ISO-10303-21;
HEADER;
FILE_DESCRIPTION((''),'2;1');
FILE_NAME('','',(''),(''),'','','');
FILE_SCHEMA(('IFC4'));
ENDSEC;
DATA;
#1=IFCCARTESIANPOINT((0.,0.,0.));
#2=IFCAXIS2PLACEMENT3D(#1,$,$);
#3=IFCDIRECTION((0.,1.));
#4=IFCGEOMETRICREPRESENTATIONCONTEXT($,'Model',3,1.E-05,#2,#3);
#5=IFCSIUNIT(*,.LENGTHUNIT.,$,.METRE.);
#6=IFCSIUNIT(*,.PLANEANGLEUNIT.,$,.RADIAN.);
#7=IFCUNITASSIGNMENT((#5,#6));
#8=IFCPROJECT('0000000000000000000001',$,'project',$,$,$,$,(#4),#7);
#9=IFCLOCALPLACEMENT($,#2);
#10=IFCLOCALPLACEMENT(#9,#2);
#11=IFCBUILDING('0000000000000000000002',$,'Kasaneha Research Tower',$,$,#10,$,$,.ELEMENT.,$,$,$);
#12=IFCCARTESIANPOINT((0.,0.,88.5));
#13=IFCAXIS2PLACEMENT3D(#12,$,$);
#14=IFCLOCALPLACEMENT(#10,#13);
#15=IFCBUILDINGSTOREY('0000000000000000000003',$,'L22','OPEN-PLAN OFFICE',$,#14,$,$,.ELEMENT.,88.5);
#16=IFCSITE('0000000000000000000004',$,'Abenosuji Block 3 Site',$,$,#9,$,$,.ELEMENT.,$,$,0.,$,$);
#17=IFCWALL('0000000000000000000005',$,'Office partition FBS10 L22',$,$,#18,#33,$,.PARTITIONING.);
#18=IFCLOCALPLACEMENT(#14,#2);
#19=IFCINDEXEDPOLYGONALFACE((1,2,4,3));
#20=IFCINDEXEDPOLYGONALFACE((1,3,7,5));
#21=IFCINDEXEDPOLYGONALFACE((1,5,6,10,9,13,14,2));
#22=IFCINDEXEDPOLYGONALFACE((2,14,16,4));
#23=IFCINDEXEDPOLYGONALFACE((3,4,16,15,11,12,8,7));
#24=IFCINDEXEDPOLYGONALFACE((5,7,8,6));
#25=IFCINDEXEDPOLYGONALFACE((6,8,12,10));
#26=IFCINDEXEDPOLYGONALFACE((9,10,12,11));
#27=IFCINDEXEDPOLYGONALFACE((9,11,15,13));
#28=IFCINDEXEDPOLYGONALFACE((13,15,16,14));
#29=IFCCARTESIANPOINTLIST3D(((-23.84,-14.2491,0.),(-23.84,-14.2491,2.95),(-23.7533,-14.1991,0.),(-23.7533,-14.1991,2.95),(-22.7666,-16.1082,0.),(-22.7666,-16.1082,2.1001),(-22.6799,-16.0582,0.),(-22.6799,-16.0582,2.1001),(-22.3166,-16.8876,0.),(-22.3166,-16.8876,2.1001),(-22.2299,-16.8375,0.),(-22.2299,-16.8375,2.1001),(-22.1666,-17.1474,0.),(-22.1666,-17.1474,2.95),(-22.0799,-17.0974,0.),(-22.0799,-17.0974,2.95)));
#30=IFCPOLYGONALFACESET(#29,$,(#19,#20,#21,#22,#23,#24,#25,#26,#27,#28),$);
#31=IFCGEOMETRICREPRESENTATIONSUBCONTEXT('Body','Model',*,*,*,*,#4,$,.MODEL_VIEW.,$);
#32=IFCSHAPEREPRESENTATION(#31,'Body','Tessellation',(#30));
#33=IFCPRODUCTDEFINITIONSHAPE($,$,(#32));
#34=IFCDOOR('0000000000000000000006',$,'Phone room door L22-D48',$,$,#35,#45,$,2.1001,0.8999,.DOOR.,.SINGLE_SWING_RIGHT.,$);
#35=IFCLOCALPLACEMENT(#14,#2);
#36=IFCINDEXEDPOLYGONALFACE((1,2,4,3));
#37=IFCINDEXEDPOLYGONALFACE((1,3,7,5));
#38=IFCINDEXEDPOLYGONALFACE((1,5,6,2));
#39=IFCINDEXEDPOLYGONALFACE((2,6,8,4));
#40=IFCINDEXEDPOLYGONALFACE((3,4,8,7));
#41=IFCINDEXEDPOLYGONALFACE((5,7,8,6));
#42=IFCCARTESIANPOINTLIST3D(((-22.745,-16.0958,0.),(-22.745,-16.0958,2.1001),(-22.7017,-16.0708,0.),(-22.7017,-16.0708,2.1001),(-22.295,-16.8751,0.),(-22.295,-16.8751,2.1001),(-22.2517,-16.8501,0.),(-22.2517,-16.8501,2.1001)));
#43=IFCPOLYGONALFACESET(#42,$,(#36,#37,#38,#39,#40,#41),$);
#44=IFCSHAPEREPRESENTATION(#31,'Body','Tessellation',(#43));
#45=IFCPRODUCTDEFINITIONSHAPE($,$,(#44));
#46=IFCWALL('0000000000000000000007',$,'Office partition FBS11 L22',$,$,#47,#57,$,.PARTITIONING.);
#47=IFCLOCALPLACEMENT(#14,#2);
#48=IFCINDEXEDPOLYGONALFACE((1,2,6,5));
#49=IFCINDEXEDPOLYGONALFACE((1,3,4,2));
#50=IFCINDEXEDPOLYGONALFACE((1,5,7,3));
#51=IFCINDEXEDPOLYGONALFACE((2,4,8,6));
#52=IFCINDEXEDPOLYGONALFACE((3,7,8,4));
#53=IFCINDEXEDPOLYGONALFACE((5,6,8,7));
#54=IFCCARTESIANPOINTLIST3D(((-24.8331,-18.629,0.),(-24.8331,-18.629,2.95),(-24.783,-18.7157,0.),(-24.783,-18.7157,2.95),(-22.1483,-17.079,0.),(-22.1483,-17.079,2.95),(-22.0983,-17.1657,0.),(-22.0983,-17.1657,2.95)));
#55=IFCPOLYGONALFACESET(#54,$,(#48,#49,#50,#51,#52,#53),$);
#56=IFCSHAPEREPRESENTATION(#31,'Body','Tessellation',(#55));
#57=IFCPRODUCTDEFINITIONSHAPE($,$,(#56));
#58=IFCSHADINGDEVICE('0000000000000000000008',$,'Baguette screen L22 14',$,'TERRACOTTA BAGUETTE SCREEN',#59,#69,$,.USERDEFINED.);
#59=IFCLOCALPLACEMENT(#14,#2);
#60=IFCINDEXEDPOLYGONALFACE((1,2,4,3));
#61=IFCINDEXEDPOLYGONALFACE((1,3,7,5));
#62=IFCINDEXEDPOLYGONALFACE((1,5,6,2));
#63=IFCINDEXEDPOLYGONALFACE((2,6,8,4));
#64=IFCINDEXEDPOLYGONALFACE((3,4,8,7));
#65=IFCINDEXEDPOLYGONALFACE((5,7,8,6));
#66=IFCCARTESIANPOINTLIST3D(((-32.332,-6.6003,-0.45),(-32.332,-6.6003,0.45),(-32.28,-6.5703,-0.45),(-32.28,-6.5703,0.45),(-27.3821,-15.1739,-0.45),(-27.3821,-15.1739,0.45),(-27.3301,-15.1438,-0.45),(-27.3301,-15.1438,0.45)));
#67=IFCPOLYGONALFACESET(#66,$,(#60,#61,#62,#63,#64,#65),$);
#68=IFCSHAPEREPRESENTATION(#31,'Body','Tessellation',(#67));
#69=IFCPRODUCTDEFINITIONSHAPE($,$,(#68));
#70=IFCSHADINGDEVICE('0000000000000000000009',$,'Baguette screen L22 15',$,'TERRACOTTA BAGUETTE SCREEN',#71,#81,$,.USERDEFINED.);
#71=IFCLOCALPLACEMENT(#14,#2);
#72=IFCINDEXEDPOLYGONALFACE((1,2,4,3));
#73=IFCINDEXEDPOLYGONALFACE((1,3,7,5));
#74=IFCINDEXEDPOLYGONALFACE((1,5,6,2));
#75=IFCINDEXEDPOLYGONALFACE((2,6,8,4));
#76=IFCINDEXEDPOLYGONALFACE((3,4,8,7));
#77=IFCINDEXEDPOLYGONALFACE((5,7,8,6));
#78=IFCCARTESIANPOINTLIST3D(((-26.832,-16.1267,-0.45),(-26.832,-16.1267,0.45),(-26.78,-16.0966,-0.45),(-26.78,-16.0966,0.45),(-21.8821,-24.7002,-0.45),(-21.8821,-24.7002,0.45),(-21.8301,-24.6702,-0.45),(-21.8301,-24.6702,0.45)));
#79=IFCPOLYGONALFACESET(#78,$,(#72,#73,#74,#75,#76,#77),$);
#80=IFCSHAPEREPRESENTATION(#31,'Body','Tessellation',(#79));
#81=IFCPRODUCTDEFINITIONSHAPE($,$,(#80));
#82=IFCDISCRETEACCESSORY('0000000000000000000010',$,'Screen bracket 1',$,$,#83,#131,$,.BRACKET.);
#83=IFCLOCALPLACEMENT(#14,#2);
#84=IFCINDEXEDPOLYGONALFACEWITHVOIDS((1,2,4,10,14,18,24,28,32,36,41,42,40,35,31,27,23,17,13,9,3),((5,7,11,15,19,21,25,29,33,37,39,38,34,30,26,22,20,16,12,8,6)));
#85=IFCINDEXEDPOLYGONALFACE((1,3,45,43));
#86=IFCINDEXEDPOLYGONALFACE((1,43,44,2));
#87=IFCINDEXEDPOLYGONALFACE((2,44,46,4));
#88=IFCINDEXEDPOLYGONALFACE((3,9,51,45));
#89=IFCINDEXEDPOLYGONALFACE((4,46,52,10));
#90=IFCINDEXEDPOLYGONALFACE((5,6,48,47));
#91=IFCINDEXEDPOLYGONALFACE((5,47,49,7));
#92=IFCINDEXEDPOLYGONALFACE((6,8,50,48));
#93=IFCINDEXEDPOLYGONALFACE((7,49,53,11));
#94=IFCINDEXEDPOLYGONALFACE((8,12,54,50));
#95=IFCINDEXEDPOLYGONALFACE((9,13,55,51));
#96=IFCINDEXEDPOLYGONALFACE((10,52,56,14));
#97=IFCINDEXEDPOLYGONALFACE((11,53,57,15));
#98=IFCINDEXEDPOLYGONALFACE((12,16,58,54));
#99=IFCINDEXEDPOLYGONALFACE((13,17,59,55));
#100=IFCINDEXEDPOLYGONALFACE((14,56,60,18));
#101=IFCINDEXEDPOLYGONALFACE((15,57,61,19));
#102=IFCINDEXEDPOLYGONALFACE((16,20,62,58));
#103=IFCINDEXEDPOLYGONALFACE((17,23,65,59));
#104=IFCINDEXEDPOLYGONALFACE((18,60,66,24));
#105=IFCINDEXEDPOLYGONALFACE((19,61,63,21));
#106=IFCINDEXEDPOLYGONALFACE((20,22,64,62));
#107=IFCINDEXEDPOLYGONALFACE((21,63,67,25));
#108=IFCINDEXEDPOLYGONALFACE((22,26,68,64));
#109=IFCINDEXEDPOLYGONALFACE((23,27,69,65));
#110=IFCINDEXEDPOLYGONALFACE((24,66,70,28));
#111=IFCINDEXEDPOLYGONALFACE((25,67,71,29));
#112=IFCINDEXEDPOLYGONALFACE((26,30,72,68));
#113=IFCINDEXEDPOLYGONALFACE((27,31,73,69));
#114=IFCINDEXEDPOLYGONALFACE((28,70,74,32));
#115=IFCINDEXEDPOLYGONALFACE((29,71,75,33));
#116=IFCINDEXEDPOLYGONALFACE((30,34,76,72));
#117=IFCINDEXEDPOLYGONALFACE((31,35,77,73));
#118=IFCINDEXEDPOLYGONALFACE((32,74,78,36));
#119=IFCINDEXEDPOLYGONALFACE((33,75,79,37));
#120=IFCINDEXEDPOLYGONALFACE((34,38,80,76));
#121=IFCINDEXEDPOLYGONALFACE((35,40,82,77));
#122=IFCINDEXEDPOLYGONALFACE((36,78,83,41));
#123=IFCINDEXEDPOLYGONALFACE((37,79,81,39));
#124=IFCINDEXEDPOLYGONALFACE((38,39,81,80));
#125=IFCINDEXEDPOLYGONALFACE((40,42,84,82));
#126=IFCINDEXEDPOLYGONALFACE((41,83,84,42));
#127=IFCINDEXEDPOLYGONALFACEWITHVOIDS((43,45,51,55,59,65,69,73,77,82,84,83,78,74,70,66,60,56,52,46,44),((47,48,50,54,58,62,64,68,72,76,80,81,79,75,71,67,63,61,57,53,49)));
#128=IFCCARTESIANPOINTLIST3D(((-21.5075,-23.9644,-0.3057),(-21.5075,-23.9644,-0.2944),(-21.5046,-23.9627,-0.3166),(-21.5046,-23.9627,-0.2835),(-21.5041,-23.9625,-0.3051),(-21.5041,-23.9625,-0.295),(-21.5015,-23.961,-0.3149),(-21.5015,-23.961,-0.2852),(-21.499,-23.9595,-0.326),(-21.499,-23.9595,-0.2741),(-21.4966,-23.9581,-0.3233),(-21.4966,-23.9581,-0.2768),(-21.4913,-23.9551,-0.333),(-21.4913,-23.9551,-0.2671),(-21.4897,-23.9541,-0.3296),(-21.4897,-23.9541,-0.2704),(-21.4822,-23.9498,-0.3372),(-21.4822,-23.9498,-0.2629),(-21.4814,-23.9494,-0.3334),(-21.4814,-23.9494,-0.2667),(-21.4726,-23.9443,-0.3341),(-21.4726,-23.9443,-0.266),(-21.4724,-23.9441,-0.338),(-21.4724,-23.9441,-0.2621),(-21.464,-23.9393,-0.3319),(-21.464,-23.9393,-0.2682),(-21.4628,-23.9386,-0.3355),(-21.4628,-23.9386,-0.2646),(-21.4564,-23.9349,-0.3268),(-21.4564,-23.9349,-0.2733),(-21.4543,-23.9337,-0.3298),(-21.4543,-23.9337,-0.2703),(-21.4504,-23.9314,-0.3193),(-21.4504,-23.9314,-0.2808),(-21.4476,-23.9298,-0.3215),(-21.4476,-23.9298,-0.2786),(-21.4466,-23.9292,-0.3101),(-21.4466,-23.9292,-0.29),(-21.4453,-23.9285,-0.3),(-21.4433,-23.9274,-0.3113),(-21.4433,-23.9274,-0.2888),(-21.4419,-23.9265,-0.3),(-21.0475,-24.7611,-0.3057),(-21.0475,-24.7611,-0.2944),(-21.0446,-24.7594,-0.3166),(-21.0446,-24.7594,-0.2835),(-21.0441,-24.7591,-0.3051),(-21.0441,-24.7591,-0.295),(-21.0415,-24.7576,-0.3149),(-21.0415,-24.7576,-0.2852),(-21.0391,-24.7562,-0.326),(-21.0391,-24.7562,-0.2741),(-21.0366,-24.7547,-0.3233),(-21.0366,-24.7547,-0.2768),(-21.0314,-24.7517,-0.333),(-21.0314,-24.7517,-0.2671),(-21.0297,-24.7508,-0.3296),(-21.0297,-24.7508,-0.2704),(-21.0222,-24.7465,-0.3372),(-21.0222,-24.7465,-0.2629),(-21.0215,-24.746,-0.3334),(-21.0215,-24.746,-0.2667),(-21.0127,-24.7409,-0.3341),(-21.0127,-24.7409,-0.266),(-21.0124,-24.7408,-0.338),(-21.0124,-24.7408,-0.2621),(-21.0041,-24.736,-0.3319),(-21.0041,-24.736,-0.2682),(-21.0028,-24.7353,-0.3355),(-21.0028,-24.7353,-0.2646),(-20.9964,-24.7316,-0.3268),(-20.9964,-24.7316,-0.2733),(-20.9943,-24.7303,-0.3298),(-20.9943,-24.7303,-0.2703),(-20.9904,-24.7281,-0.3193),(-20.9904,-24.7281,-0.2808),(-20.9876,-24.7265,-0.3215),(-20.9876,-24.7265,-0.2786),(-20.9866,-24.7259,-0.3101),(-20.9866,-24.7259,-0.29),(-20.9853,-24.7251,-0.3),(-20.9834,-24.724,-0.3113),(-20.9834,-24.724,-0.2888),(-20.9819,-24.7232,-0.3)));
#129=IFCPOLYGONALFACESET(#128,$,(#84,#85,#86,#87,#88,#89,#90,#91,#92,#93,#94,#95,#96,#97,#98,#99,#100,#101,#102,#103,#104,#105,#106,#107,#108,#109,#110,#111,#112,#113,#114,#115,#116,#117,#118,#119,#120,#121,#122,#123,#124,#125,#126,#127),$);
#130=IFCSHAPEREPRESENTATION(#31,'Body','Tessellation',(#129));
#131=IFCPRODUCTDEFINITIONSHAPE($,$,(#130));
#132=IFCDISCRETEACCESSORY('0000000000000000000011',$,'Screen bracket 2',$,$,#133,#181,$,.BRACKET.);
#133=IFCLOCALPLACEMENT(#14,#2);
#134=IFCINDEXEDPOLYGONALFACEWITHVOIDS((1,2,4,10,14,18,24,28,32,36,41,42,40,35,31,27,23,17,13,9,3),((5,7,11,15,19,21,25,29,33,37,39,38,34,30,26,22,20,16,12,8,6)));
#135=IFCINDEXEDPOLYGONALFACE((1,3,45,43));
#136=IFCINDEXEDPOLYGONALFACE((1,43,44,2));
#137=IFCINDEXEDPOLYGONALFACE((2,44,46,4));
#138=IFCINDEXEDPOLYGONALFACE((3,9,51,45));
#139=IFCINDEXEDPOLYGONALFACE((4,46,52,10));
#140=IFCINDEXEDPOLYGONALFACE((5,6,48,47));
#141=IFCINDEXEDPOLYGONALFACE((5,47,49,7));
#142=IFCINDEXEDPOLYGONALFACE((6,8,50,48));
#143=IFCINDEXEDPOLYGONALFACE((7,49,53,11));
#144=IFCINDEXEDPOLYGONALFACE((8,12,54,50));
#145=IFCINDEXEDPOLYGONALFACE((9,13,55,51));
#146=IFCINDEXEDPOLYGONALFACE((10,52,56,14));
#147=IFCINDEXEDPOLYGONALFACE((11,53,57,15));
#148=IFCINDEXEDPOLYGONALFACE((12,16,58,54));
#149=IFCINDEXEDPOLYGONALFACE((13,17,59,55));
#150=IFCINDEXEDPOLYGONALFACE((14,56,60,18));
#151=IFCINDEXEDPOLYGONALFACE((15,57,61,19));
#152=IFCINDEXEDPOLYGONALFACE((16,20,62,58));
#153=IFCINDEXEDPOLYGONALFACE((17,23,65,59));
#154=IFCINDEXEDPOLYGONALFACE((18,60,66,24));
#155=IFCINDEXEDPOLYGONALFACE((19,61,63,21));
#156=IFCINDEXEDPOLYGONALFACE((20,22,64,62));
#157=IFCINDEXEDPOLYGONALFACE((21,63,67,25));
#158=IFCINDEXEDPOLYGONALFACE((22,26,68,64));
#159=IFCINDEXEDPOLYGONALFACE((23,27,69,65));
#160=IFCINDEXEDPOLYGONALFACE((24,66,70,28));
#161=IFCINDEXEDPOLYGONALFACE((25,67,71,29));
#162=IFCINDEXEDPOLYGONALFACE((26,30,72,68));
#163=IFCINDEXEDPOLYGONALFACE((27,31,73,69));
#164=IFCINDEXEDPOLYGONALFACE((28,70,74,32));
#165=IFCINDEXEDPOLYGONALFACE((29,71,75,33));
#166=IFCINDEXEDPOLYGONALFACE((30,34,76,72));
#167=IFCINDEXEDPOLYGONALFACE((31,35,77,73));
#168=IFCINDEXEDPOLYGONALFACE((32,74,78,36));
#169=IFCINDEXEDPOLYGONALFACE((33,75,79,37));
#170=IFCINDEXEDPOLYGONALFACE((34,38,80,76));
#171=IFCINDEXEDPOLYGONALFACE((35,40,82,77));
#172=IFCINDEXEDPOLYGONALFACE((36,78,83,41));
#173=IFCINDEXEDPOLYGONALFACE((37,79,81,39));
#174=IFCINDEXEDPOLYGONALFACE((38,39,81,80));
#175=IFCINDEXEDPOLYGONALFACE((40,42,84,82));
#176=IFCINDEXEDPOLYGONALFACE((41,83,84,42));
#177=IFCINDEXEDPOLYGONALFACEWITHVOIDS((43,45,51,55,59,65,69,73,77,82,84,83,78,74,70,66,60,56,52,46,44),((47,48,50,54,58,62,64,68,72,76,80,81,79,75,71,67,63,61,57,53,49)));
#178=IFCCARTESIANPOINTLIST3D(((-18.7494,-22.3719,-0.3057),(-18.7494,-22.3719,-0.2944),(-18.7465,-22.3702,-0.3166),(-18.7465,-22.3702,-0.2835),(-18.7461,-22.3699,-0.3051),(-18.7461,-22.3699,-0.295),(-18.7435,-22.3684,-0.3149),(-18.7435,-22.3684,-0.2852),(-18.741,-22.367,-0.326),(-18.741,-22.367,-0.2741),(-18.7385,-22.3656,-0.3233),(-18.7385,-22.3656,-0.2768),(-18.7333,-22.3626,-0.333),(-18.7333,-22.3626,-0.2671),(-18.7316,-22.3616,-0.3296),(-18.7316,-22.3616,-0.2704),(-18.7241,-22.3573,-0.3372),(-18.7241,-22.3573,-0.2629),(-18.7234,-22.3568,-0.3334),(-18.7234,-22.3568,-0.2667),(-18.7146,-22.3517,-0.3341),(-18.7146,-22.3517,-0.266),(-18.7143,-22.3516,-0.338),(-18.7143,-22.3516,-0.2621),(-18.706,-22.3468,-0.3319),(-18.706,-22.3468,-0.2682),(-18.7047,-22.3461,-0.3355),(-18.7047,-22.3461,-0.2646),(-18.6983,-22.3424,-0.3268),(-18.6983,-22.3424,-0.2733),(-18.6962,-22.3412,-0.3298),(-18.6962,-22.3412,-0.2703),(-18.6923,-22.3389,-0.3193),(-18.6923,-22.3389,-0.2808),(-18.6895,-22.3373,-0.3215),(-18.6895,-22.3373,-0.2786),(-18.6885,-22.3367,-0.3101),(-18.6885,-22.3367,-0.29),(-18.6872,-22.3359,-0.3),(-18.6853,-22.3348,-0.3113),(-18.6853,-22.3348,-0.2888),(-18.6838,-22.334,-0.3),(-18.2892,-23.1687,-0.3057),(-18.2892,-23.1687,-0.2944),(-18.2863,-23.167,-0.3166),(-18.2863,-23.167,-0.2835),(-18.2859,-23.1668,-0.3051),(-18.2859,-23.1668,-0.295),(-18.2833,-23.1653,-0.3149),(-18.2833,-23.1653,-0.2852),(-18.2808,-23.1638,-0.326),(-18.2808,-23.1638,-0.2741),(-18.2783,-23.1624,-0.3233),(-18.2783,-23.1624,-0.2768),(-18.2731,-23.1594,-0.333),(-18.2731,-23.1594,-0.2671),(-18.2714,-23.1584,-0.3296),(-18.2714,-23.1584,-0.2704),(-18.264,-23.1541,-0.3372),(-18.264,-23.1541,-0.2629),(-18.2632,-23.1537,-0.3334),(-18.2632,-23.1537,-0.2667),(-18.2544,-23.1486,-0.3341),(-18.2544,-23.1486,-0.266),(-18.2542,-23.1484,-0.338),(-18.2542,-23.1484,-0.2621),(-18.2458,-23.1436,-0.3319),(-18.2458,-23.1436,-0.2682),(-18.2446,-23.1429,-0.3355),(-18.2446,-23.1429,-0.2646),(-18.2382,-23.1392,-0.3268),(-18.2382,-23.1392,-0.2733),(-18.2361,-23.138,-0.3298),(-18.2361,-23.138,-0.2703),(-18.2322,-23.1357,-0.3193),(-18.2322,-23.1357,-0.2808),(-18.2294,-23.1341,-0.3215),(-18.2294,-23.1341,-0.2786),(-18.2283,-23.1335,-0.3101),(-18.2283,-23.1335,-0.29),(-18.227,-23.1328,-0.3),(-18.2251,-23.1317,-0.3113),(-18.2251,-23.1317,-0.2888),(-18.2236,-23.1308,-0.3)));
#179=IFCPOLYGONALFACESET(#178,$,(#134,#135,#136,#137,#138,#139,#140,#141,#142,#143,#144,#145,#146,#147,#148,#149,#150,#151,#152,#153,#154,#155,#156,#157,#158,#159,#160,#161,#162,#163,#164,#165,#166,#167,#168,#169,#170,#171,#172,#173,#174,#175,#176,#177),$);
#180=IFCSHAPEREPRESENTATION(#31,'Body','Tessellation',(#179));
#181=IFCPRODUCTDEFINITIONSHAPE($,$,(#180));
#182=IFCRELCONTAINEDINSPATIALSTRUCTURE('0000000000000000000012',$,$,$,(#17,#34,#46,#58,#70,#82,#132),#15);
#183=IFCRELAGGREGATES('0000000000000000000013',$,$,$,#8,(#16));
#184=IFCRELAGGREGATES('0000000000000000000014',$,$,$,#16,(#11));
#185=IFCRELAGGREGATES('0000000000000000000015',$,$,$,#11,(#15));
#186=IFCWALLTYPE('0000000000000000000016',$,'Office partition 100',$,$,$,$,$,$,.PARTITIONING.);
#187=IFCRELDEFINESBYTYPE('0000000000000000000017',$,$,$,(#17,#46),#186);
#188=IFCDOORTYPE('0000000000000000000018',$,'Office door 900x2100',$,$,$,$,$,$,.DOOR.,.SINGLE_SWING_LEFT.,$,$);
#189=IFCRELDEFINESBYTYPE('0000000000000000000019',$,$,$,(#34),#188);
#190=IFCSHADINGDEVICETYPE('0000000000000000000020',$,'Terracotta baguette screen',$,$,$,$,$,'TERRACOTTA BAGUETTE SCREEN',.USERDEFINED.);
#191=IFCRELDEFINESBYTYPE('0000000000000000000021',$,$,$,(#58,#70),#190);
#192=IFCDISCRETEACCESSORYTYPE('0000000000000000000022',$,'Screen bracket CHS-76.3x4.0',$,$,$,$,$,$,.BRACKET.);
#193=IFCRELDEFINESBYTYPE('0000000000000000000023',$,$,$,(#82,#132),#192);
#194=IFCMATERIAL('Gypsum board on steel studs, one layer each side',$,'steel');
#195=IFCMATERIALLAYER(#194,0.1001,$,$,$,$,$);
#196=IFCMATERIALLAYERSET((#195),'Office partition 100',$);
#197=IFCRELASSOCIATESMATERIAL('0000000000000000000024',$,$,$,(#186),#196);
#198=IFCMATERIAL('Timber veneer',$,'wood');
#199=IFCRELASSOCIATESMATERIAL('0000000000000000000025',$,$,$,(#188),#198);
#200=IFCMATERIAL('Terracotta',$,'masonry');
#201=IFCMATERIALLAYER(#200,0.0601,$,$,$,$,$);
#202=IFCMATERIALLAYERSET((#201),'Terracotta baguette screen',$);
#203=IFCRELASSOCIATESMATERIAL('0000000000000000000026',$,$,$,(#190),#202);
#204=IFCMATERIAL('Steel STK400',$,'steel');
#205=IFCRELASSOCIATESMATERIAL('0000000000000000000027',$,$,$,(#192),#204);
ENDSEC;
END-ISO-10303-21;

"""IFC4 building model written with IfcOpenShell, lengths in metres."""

from ifc_helpers import new_model, si_unit, direction, frame, frame_2d, origin, origin_2d, place, context, subcontext, project, spatial, rectangle, hollow_circle, extrude, material, layer, layer_set, material_profile, profile_set, type_object, element, fill, save


model = new_model("IFC4")

# Units and contexts
model_context = context("Model", 3, precision=1e-05, world=origin(), true_north=direction((0.0, 1.0)))
body_context = subcontext(model_context, "Body", "Model", "MODEL_VIEW")
ifc_project = project(units=[si_unit("LENGTHUNIT", "METRE"), si_unit("PLANEANGLEUNIT", "RADIAN")], contexts=[model_context])

# Site, building, storey
site_placement = place(None, origin())
site = spatial("IfcSite", under=ifc_project, at=site_placement, Name="Abenosuji Block 3 Site", CompositionType="ELEMENT", RefElevation=0.0)
building_placement = place(site_placement, origin())
building = spatial("IfcBuilding", under=site, at=building_placement, Name="Kasaneha Research Tower", CompositionType="ELEMENT")
storey_placement = place(building_placement, frame((0.0, 0.0, 88.5)))
storey = spatial("IfcBuildingStorey", under=building, at=storey_placement, Name="L22", Description="OPEN-PLAN OFFICE", CompositionType="ELEMENT", Elevation=88.5)

# Shared definitions
ifc_material_1 = material(Name="Gypsum board on steel studs, one layer each side", Category="steel")
ifc_layer_1 = layer(ifc_material_1, 0.1001)
ifc_layer_set_1 = layer_set([ifc_layer_1], Name="Office partition 100")
wall_type = type_object("IfcWallType", Name="Office partition 100", PredefinedType="PARTITIONING", material=ifc_layer_set_1)
ifc_material_2 = material(Name="Timber veneer", Category="wood")
door_type = type_object("IfcDoorType", Name="Office door 900x2100", OperationType="SINGLE_SWING_LEFT", PredefinedType="DOOR", material=ifc_material_2)

# Wall, opening, door
wall_1_placement = place(storey_placement, frame((-23.7966, -14.2241, 0.0), z_axis=(0.0, 0.0, 1.0), x_axis=(0.500015, -0.866017, 0.0)))
wall_1 = element("IfcWall", 1, at=wall_1_placement, inside=storey, type_object=wall_type, Name="Office partition FBS10 L22", PredefinedType="PARTITIONING", context=body_context, shape_type="SweptSolid", body=[
    extrude(rectangle(XDim=3.3467, YDim=0.1001, at=frame_2d((1.6733, 0.0))), origin(), (0.0, 0.0, 1.0), 2.95),
])
opening_1_placement = place(wall_1_placement, frame((2.1467, 0.0, 0.0)))
opening_1 = element("IfcOpeningElement", 2, at=opening_1_placement, cuts=wall_1, PredefinedType="OPENING", context=body_context, shape_type="SweptSolid", body=[
    extrude(rectangle(XDim=0.8999, YDim=2.1001, at=frame_2d((0.45, 1.05))), frame((0.0, 0.0601, 0.0), z_axis=(0.0, -1.0, 0.0), x_axis=(1.0, 0.0, 0.0)), (0.0, 0.0, 1.0), 0.1201),
])
door_1_placement = place(opening_1_placement, origin())
door_1 = element("IfcDoor", 3, at=door_1_placement, inside=storey, type_object=door_type, Name="Phone room door L22-D48", OperationType="SINGLE_SWING_RIGHT", OverallHeight=2.1001, OverallWidth=0.8999, PredefinedType="DOOR", context=body_context, shape_type="SweptSolid", body=[
    extrude(rectangle(XDim=0.8999, YDim=2.1001, at=frame_2d((0.45, 1.05))), frame((0.0, 0.0249, 0.0), z_axis=(0.0, -1.0, 0.0), x_axis=(1.0, 0.0, 0.0)), (0.0, 0.0, 1.0), 0.05),
])
fill(opening_1, door_1)

# Wall
wall_2_placement = place(storey_placement, frame((-22.1233, -17.1223, 0.0), z_axis=(0.0, 0.0, 1.0), x_axis=(-0.86603, -0.499993, 0.0)))
element("IfcWall", 4, at=wall_2_placement, inside=storey, type_object=wall_type, Name="Office partition FBS11 L22", PredefinedType="PARTITIONING", context=body_context, shape_type="SweptSolid", body=[
    extrude(rectangle(XDim=3.1001, YDim=0.1001, at=frame_2d((1.55, 0.0))), origin(), (0.0, 0.0, 1.0), 2.95),
])

# Shading devices
ifc_material_3 = material(Name="Terracotta", Category="masonry")
ifc_layer_2 = layer(ifc_material_3, 0.0601)
ifc_layer_set_2 = layer_set([ifc_layer_2], Name="Terracotta baguette screen")
shading_device_type = type_object("IfcShadingDeviceType", Name="Terracotta baguette screen", ElementType="TERRACOTTA BAGUETTE SCREEN", PredefinedType="USERDEFINED", material=ifc_layer_set_2)
for number, where, z_axis, x_axis, name in (
    (5, (-29.8311, -10.8721, -0.45), (0.0, 0.0, 1.0), (0.5, -0.866025, 0.0), "Baguette screen L22 14"),
    (6, (-24.3311, -20.3984, -0.45), (0.0, 0.0, 1.0), (0.5, -0.866025, 0.0), "Baguette screen L22 15"),
):
    element("IfcShadingDevice", number, at=place(storey_placement, frame(where, z_axis=z_axis, x_axis=x_axis)), inside=storey, type_object=shading_device_type, Name=name, ObjectType="TERRACOTTA BAGUETTE SCREEN", PredefinedType="USERDEFINED", context=body_context, shape_type="SweptSolid", body=[
        extrude(rectangle(XDim=9.8999, YDim=0.0601, at=origin_2d()), origin(), (0.0, 0.0, 1.0), 0.8999),
    ])

# Discrete accessories
ifc_material_4 = material(Name="Steel STK400", Category="steel")
ifc_material_profile_1 = material_profile(ifc_material_4, hollow_circle(Radius=0.0381, WallThickness=0.0039, at=origin_2d()), Name="CHS-76.3x4.0")
ifc_profile_set_1 = profile_set([ifc_material_profile_1], Name="Steel STK400")
discrete_accessory_type = type_object("IfcDiscreteAccessoryType", Name="Screen bracket CHS-76.3x4.0", PredefinedType="BRACKET", material=ifc_profile_set_1)
discrete_accessory_1_placement = place(storey_placement, frame((-21.4749, -23.9456, -0.3), z_axis=(0.500021, -0.866013, 0.0), x_axis=(0.866013, 0.500021, 0.0)))
element("IfcDiscreteAccessory", 7, at=discrete_accessory_1_placement, inside=storey, type_object=discrete_accessory_type, Name="Screen bracket 1", PredefinedType="BRACKET", context=body_context, shape_type="SweptSolid", body=[
    extrude(hollow_circle(Radius=0.0381, WallThickness=0.0039, at=origin_2d()), origin(), (0.0, 0.0, 1.0), 0.9199),
])
for number, where, z_axis, x_axis, name in (
    (8, (-18.7168, -22.353, -0.3), (0.500105, -0.865965, 0.0), (0.865965, 0.500105, 0.0), "Screen bracket 2"),
):
    element("IfcDiscreteAccessory", number, at=place(storey_placement, frame(where, z_axis=z_axis, x_axis=x_axis)), inside=storey, type_object=discrete_accessory_type, Name=name, PredefinedType="BRACKET", context=body_context, shape_type="SweptSolid", body=[
        extrude(hollow_circle(Radius=0.0381, WallThickness=0.0039, at=origin_2d()), origin(), (0.0, 0.0, 1.0), 0.9202),
    ])

save(model, "model.ifc")
